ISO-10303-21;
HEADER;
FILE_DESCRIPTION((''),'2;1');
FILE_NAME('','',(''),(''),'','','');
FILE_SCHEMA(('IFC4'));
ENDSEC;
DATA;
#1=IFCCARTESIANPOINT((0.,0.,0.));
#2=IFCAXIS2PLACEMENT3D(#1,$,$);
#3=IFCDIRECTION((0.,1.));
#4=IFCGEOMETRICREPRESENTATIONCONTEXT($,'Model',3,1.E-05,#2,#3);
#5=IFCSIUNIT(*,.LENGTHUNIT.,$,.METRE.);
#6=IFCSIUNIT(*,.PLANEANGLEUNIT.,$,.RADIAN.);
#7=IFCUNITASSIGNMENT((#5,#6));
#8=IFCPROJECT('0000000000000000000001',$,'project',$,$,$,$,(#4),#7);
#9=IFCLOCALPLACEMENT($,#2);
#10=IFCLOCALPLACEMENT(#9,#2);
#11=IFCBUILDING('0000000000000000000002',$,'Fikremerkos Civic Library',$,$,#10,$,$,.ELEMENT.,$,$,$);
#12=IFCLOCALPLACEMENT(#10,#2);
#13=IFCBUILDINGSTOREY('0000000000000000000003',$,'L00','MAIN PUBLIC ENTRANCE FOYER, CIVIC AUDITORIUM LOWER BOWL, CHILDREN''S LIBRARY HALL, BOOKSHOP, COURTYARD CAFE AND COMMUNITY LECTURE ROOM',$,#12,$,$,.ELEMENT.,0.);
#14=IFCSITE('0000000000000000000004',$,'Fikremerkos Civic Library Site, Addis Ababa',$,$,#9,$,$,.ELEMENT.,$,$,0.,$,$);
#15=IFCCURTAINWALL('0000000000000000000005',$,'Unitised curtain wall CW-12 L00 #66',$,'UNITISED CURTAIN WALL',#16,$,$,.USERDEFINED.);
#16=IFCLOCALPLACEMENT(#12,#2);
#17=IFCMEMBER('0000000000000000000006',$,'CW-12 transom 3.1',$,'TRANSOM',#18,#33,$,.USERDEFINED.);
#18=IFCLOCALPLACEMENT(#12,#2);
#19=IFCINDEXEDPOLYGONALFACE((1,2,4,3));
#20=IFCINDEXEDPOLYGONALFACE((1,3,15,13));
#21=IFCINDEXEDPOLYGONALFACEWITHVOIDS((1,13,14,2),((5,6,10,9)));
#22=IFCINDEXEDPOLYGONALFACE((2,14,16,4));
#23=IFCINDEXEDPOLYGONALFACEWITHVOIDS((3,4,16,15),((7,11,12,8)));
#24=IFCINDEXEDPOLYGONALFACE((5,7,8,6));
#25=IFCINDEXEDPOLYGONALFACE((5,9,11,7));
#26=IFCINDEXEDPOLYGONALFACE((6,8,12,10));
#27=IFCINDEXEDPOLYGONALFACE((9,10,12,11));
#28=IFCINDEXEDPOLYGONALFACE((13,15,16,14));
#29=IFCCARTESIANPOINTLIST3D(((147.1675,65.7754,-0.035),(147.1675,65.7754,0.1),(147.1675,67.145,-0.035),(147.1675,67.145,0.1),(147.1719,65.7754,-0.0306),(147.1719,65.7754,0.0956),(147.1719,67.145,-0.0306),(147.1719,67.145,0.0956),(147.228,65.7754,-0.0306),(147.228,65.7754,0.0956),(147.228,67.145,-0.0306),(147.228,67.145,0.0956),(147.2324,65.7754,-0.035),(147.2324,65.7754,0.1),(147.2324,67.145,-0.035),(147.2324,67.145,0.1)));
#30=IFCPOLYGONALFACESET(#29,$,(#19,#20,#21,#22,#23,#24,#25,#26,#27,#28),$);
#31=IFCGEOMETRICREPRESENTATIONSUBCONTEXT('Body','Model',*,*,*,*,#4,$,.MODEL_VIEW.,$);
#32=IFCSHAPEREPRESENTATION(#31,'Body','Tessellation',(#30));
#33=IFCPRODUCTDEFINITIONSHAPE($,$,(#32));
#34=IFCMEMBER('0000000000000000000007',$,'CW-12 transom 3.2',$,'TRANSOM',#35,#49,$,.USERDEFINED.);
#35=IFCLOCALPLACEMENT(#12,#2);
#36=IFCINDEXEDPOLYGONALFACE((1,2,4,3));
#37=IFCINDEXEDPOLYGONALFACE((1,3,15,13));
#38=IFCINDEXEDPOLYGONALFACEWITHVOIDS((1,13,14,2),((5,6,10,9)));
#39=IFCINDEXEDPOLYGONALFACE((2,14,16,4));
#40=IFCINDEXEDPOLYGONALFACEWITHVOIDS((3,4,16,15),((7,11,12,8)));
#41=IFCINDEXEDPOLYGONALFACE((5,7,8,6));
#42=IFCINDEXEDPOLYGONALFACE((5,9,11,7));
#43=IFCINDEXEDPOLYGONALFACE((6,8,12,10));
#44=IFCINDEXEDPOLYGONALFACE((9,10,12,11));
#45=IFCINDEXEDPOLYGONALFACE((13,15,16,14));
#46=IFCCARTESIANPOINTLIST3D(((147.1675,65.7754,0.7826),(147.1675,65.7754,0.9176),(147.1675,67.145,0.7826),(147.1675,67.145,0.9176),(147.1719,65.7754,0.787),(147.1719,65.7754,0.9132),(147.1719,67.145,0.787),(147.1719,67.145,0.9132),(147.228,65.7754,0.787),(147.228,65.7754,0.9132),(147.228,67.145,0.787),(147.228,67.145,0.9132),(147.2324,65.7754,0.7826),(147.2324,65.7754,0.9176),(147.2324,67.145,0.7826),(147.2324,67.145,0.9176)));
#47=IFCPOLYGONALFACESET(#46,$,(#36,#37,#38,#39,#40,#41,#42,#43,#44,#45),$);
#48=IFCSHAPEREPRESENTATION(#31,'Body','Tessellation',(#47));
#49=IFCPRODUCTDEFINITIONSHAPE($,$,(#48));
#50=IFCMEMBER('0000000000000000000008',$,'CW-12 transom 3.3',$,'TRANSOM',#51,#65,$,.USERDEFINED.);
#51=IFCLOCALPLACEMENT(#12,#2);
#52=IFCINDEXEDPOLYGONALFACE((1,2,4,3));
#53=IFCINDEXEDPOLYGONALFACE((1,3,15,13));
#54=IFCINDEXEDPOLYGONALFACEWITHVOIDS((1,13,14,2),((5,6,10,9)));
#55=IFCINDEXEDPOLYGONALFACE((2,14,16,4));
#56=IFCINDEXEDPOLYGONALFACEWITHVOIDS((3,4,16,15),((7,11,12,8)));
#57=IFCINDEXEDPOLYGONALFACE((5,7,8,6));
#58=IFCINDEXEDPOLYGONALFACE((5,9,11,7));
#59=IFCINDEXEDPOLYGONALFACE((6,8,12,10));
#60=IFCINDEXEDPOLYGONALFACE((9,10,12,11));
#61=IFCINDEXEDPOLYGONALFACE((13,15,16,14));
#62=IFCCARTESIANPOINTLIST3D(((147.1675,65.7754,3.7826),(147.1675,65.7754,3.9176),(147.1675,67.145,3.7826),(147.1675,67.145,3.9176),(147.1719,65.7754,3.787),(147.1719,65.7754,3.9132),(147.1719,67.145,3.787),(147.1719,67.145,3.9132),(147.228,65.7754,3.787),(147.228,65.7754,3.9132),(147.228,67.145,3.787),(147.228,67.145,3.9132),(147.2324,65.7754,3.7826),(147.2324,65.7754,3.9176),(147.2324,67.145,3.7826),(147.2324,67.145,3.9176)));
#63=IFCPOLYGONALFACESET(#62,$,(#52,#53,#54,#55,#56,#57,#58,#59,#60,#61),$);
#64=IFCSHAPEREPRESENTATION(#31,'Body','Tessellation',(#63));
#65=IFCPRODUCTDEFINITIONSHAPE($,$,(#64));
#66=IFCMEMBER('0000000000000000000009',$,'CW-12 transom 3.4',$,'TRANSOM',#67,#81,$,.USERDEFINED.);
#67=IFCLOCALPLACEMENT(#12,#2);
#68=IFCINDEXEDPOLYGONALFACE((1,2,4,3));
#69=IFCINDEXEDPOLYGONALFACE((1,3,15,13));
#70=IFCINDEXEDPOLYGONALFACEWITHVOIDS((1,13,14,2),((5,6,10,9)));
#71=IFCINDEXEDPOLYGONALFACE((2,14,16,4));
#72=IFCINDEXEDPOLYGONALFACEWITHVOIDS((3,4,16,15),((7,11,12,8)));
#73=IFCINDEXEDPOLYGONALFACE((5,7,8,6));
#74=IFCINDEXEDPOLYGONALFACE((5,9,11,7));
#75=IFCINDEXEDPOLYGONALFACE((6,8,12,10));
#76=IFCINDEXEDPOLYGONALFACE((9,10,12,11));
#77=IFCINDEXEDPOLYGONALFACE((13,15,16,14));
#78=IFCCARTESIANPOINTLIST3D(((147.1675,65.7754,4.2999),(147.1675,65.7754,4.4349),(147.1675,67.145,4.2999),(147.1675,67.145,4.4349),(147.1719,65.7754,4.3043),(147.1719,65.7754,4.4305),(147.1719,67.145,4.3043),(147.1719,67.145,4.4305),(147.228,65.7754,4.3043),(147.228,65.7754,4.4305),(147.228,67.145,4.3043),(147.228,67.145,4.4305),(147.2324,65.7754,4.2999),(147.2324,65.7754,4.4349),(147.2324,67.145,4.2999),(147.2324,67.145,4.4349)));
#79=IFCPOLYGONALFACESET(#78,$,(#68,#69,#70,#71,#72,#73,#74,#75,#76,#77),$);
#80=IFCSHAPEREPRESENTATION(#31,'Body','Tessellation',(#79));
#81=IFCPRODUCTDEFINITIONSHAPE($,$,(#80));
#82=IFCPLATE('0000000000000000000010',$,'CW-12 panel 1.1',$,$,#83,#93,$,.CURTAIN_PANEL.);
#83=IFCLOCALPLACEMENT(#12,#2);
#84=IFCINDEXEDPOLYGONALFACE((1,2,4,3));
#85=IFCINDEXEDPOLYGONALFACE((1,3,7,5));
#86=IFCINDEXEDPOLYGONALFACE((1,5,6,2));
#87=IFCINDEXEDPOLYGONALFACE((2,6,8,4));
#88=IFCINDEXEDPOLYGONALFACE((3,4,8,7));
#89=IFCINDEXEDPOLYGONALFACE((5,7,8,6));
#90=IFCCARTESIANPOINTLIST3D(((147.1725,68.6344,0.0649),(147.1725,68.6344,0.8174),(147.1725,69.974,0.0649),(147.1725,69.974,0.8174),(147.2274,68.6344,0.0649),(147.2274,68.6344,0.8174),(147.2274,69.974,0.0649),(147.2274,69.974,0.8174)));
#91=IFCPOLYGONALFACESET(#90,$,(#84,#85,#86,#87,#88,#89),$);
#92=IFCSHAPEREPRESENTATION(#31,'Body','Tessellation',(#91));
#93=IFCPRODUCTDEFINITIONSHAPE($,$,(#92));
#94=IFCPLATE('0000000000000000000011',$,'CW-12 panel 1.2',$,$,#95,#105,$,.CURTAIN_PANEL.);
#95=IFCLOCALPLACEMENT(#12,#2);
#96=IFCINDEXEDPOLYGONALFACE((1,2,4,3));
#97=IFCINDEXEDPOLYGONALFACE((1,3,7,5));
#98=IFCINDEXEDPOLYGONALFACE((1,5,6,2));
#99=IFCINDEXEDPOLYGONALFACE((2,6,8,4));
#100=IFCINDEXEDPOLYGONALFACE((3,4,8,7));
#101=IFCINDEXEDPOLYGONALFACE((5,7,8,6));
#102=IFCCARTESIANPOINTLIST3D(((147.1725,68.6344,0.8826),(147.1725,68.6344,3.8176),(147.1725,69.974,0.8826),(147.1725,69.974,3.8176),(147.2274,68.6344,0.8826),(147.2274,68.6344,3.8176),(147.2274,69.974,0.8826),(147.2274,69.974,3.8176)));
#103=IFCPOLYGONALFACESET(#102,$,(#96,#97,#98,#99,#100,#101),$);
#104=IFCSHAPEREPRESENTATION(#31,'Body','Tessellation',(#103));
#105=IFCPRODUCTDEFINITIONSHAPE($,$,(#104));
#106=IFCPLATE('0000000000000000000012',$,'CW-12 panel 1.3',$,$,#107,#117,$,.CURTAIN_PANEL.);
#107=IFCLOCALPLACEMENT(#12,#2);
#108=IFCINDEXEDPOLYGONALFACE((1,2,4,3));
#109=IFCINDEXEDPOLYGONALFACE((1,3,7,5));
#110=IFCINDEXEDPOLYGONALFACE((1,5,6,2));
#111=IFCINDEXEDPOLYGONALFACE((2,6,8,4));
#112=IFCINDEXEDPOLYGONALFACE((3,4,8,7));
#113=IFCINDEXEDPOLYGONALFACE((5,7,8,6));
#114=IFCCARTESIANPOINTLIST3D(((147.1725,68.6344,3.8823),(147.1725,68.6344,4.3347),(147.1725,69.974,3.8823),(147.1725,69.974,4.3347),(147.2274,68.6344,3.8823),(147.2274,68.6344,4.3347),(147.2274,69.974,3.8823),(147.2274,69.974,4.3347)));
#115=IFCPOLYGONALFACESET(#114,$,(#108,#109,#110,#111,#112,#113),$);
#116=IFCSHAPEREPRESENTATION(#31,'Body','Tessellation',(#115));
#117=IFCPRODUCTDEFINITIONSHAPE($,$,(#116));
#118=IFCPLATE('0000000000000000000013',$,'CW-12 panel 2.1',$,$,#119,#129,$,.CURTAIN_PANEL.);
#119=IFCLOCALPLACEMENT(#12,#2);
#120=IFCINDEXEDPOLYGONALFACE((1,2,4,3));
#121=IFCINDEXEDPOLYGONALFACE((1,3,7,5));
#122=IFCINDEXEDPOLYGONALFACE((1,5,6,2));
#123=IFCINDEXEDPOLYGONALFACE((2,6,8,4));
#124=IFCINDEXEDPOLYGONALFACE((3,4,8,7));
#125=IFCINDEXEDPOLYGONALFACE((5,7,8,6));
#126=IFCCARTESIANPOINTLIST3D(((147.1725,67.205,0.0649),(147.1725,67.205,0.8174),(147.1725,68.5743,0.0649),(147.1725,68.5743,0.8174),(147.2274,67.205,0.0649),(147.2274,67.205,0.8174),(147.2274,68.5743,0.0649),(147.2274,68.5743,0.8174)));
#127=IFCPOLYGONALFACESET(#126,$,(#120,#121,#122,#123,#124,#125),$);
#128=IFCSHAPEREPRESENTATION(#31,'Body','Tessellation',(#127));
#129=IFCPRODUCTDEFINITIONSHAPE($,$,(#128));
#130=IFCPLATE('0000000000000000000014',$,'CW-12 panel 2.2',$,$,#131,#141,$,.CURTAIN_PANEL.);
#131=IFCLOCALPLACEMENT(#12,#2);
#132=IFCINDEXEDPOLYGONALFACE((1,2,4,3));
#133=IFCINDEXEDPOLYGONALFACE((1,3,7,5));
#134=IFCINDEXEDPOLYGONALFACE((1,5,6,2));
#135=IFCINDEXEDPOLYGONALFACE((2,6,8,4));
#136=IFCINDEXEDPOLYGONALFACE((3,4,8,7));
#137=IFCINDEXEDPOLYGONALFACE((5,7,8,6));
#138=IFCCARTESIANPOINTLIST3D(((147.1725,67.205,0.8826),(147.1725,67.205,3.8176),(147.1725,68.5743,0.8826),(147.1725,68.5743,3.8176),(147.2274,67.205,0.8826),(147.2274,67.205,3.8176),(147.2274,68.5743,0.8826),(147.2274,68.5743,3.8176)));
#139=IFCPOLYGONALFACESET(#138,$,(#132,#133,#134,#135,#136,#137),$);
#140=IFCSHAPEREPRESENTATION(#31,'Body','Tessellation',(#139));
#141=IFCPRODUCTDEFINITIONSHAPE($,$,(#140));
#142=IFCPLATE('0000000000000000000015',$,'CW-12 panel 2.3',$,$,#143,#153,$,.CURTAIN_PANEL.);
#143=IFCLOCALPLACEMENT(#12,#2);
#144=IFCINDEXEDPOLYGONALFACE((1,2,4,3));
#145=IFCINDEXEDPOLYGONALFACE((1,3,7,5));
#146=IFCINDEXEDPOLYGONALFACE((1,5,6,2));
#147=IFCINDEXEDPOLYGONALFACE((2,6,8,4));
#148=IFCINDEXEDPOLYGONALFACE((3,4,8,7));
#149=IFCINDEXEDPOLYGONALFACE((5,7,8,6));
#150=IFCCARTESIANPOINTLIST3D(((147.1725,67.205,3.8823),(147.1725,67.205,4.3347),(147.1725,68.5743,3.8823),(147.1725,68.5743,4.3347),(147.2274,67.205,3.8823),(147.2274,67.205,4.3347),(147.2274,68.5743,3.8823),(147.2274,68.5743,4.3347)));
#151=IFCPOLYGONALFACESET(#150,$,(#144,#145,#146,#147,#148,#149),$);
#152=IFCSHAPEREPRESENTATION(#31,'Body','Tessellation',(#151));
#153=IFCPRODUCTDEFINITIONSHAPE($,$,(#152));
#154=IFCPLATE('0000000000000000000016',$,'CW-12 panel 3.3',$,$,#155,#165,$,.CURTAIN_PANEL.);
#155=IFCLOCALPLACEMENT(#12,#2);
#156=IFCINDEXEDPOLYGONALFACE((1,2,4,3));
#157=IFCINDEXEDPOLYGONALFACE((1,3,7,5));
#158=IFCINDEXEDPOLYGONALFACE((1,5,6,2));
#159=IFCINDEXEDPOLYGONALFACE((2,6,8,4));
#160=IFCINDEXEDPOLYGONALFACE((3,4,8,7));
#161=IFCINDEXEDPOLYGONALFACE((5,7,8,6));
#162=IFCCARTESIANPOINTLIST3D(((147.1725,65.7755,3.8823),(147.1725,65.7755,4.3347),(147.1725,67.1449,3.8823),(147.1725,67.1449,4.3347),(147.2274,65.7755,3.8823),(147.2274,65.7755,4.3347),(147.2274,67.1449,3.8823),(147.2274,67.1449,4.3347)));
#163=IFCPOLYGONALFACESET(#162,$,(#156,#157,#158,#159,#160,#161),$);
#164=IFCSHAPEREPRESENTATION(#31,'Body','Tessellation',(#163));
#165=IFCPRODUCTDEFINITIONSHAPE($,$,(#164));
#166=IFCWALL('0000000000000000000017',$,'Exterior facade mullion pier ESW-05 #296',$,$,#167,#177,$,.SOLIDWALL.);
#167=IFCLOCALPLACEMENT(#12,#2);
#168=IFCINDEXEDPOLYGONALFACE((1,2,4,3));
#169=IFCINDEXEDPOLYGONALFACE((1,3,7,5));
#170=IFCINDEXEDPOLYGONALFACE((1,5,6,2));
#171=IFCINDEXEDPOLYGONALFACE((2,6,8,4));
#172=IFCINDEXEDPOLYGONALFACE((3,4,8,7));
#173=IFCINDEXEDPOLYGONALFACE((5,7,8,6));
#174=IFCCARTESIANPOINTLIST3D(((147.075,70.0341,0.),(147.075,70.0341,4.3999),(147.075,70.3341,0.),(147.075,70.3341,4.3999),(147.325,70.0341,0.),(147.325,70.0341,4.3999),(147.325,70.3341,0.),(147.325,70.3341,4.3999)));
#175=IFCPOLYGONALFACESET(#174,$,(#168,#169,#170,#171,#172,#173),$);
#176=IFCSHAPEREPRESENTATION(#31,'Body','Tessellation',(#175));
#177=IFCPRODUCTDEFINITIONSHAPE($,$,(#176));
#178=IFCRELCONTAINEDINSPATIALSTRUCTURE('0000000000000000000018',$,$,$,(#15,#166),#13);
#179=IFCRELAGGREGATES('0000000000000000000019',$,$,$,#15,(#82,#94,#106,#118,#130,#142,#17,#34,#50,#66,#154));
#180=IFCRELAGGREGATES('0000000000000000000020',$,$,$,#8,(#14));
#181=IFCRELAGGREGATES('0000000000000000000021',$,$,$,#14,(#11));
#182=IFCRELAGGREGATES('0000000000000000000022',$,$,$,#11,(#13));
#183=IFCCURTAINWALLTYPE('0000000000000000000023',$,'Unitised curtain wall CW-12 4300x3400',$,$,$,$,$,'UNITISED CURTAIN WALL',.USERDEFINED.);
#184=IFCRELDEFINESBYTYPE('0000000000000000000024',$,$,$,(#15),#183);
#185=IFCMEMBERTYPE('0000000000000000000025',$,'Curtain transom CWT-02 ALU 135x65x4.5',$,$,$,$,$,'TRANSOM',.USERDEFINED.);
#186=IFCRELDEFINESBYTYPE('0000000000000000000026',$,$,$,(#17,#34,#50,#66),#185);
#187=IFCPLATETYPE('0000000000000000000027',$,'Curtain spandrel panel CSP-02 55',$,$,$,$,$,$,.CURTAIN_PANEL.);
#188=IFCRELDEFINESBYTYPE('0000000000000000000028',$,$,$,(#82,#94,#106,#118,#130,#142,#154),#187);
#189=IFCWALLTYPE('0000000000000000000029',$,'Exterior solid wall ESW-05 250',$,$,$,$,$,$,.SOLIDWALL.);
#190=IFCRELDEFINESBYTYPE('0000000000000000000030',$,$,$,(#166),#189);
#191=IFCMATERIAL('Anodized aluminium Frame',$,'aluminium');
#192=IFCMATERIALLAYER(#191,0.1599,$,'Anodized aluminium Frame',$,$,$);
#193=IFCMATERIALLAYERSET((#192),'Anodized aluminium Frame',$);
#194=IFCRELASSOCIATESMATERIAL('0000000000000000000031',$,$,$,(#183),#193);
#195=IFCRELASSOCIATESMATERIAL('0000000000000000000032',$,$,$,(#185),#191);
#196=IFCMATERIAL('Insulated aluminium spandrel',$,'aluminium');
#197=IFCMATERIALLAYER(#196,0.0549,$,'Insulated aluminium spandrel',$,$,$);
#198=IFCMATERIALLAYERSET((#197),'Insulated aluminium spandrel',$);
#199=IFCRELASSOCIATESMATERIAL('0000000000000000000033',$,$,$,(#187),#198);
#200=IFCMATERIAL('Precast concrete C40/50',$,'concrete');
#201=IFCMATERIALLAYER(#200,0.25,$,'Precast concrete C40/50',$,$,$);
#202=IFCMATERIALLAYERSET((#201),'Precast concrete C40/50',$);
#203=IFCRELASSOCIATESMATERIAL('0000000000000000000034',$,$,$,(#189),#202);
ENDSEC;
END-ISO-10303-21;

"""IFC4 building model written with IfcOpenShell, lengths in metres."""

from ifc_helpers import new_model, si_unit, direction, frame, frame_2d, origin, origin_2d, place, context, subcontext, project, spatial, rectangle, hollow_rectangle, extrude, material, layer, layer_set, material_profile, profile_set, type_object, element, aggregate, save


model = new_model("IFC4")

# Units and contexts
model_context = context("Model", 3, precision=1e-05, world=origin(), true_north=direction((0.0, 1.0)))
body_context = subcontext(model_context, "Body", "Model", "MODEL_VIEW")
ifc_project = project(units=[si_unit("LENGTHUNIT", "METRE"), si_unit("PLANEANGLEUNIT", "RADIAN")], contexts=[model_context])

# Site, building, storey
site_placement = place(None, origin())
site = spatial("IfcSite", under=ifc_project, at=site_placement, Name="Fikremerkos Civic Library Site, Addis Ababa", CompositionType="ELEMENT", RefElevation=0.0)
building_placement = place(site_placement, origin())
building = spatial("IfcBuilding", under=site, at=building_placement, Name="Fikremerkos Civic Library", CompositionType="ELEMENT")
storey_placement = place(building_placement, origin())
storey = spatial("IfcBuildingStorey", under=building, at=storey_placement, Name="L00", Description="MAIN PUBLIC ENTRANCE FOYER, CIVIC AUDITORIUM LOWER BOWL, CHILDREN'S LIBRARY HALL, BOOKSHOP, COURTYARD CAFE AND COMMUNITY LECTURE ROOM", CompositionType="ELEMENT", Elevation=0.0)

# Curtain wall, members, plates
ifc_material_1 = material(Name="Anodized aluminium Frame", Category="aluminium")
ifc_layer_1 = layer(ifc_material_1, 0.1599, Name="Anodized aluminium Frame")
ifc_layer_set_1 = layer_set([ifc_layer_1], Name="Anodized aluminium Frame")
curtain_wall_type = type_object("IfcCurtainWallType", Name="Unitised curtain wall CW-12 4300x3400", ElementType="UNITISED CURTAIN WALL", PredefinedType="USERDEFINED", material=ifc_layer_set_1)
curtain_wall_placement = place(storey_placement, origin())
curtain_wall = element("IfcCurtainWall", 1, at=curtain_wall_placement, inside=storey, type_object=curtain_wall_type, Name="Unitised curtain wall CW-12 L00 #66", ObjectType="UNITISED CURTAIN WALL", PredefinedType="USERDEFINED")
ifc_material_profile_1 = material_profile(ifc_material_1, hollow_rectangle(XDim=0.0649, YDim=0.135, WallThickness=0.0044, at=origin_2d()), Name="ALU 135x65x4.5")
ifc_profile_set_1 = profile_set([ifc_material_profile_1], Name="Anodized aluminium Frame")
member_type_1 = type_object("IfcMemberType", Name="Curtain transom CWT-02 ALU 135x65x4.5", ElementType="TRANSOM", PredefinedType="USERDEFINED", material=ifc_profile_set_1)
member_1_placement = place(storey_placement, frame((147.2, 67.145, 0.0325), z_axis=(0.0, -1.0, 0.0), x_axis=(1.0, 0.0, 0.0)))
member_1 = element("IfcMember", 2, at=member_1_placement, type_object=member_type_1, Name="CW-12 transom 3.1", ObjectType="TRANSOM", PredefinedType="USERDEFINED", context=body_context, shape_type="SweptSolid", body=[
    extrude(hollow_rectangle(XDim=0.0649, YDim=0.135, WallThickness=0.0044, at=origin_2d()), origin(), (0.0, 0.0, 1.0), 1.3696),
])
member_2_placement = place(storey_placement, frame((147.2, 67.145, 0.8501), z_axis=(0.0, -1.0, 0.0), x_axis=(1.0, 0.0, 0.0)))
member_2 = element("IfcMember", 3, at=member_2_placement, type_object=member_type_1, Name="CW-12 transom 3.2", ObjectType="TRANSOM", PredefinedType="USERDEFINED", context=body_context, shape_type="SweptSolid", body=[
    extrude(hollow_rectangle(XDim=0.0649, YDim=0.135, WallThickness=0.0044, at=origin_2d()), origin(), (0.0, 0.0, 1.0), 1.3696),
])
member_3_placement = place(storey_placement, frame((147.2, 67.145, 3.8501), z_axis=(0.0, -1.0, 0.0), x_axis=(1.0, 0.0, 0.0)))
member_3 = element("IfcMember", 4, at=member_3_placement, type_object=member_type_1, Name="CW-12 transom 3.3", ObjectType="TRANSOM", PredefinedType="USERDEFINED", context=body_context, shape_type="SweptSolid", body=[
    extrude(hollow_rectangle(XDim=0.0649, YDim=0.135, WallThickness=0.0044, at=origin_2d()), origin(), (0.0, 0.0, 1.0), 1.3696),
])
member_4_placement = place(storey_placement, frame((147.2, 67.145, 4.3674), z_axis=(0.0, -1.0, 0.0), x_axis=(1.0, 0.0, 0.0)))
member_4 = element("IfcMember", 5, at=member_4_placement, type_object=member_type_1, Name="CW-12 transom 3.4", ObjectType="TRANSOM", PredefinedType="USERDEFINED", context=body_context, shape_type="SweptSolid", body=[
    extrude(hollow_rectangle(XDim=0.0649, YDim=0.135, WallThickness=0.0044, at=origin_2d()), origin(), (0.0, 0.0, 1.0), 1.3696),
])
ifc_material_2 = material(Name="Insulated aluminium spandrel", Category="aluminium")
ifc_layer_2 = layer(ifc_material_2, 0.0549, Name="Insulated aluminium spandrel")
ifc_layer_set_2 = layer_set([ifc_layer_2], Name="Insulated aluminium spandrel")
plate_type = type_object("IfcPlateType", Name="Curtain spandrel panel CSP-02 55", PredefinedType="CURTAIN_PANEL", material=ifc_layer_set_2)
plate_1_placement = place(storey_placement, frame((147.2, 69.3042, 0.0649), z_axis=(0.0, 0.0, 1.0), x_axis=(0.0, -1.0, 0.0)))
plate_1 = element("IfcPlate", 6, at=plate_1_placement, type_object=plate_type, Name="CW-12 panel 1.1", PredefinedType="CURTAIN_PANEL", context=body_context, shape_type="SweptSolid", body=[
    extrude(rectangle(XDim=1.3396, YDim=0.0549, at=origin_2d()), origin(), (0.0, 0.0, 1.0), 0.7524),
])
plate_2_placement = place(storey_placement, frame((147.2, 69.3042, 0.8826), z_axis=(0.0, 0.0, 1.0), x_axis=(0.0, -1.0, 0.0)))
plate_2 = element("IfcPlate", 7, at=plate_2_placement, type_object=plate_type, Name="CW-12 panel 1.2", PredefinedType="CURTAIN_PANEL", context=body_context, shape_type="SweptSolid", body=[
    extrude(rectangle(XDim=1.3396, YDim=0.0549, at=origin_2d()), origin(), (0.0, 0.0, 1.0), 2.9351),
])
plate_3_placement = place(storey_placement, frame((147.2, 69.3042, 3.8823), z_axis=(0.0, 0.0, 1.0), x_axis=(0.0, -1.0, 0.0)))
plate_3 = element("IfcPlate", 8, at=plate_3_placement, type_object=plate_type, Name="CW-12 panel 1.3", PredefinedType="CURTAIN_PANEL", context=body_context, shape_type="SweptSolid", body=[
    extrude(rectangle(XDim=1.3396, YDim=0.0549, at=origin_2d()), origin(), (0.0, 0.0, 1.0), 0.4524),
])
plate_4_placement = place(storey_placement, frame((147.2, 67.8896, 0.0649), z_axis=(0.0, 0.0, 1.0), x_axis=(0.0, -1.0, 0.0)))
plate_4 = element("IfcPlate", 9, at=plate_4_placement, type_object=plate_type, Name="CW-12 panel 2.1", PredefinedType="CURTAIN_PANEL", context=body_context, shape_type="SweptSolid", body=[
    extrude(rectangle(XDim=1.3694, YDim=0.0549, at=origin_2d()), origin(), (0.0, 0.0, 1.0), 0.7524),
])
plate_5_placement = place(storey_placement, frame((147.2, 67.8896, 0.8826), z_axis=(0.0, 0.0, 1.0), x_axis=(0.0, -1.0, 0.0)))
plate_5 = element("IfcPlate", 10, at=plate_5_placement, type_object=plate_type, Name="CW-12 panel 2.2", PredefinedType="CURTAIN_PANEL", context=body_context, shape_type="SweptSolid", body=[
    extrude(rectangle(XDim=1.3694, YDim=0.0549, at=origin_2d()), origin(), (0.0, 0.0, 1.0), 2.9351),
])
plate_6_placement = place(storey_placement, frame((147.2, 67.8896, 3.8823), z_axis=(0.0, 0.0, 1.0), x_axis=(0.0, -1.0, 0.0)))
plate_6 = element("IfcPlate", 11, at=plate_6_placement, type_object=plate_type, Name="CW-12 panel 2.3", PredefinedType="CURTAIN_PANEL", context=body_context, shape_type="SweptSolid", body=[
    extrude(rectangle(XDim=1.3694, YDim=0.0549, at=origin_2d()), origin(), (0.0, 0.0, 1.0), 0.4524),
])
plate_7_placement = place(storey_placement, frame((147.2, 66.4602, 3.8823), z_axis=(0.0, 0.0, 1.0), x_axis=(0.0, -1.0, 0.0)))
plate_7 = element("IfcPlate", 12, at=plate_7_placement, type_object=plate_type, Name="CW-12 panel 3.3", PredefinedType="CURTAIN_PANEL", context=body_context, shape_type="SweptSolid", body=[
    extrude(rectangle(XDim=1.3694, YDim=0.0549, at=origin_2d()), origin(), (0.0, 0.0, 1.0), 0.4524),
])
aggregate(curtain_wall, [plate_1, plate_2, plate_3, plate_4, plate_5, plate_6, member_1, member_2, member_3, member_4, plate_7])

# Wall
ifc_material_3 = material(Name="Precast concrete C40/50", Category="concrete")
ifc_layer_3 = layer(ifc_material_3, 0.25, Name="Precast concrete C40/50")
ifc_layer_set_3 = layer_set([ifc_layer_3], Name="Precast concrete C40/50")
wall_type = type_object("IfcWallType", Name="Exterior solid wall ESW-05 250", PredefinedType="SOLIDWALL", material=ifc_layer_set_3)
wall_placement = place(storey_placement, frame((147.2, 70.334, 0.0), z_axis=(0.0, 0.0, 1.0), x_axis=(0.0, -1.0, 0.0)))
element("IfcWall", 13, at=wall_placement, inside=storey, type_object=wall_type, Name="Exterior facade mullion pier ESW-05 #296", PredefinedType="SOLIDWALL", context=body_context, shape_type="SweptSolid", body=[
    extrude(rectangle(XDim=0.3, YDim=0.25, at=frame_2d((0.1499, 0.0))), origin(), (0.0, 0.0, 1.0), 4.3999),
])

save(model, "model.ifc")
